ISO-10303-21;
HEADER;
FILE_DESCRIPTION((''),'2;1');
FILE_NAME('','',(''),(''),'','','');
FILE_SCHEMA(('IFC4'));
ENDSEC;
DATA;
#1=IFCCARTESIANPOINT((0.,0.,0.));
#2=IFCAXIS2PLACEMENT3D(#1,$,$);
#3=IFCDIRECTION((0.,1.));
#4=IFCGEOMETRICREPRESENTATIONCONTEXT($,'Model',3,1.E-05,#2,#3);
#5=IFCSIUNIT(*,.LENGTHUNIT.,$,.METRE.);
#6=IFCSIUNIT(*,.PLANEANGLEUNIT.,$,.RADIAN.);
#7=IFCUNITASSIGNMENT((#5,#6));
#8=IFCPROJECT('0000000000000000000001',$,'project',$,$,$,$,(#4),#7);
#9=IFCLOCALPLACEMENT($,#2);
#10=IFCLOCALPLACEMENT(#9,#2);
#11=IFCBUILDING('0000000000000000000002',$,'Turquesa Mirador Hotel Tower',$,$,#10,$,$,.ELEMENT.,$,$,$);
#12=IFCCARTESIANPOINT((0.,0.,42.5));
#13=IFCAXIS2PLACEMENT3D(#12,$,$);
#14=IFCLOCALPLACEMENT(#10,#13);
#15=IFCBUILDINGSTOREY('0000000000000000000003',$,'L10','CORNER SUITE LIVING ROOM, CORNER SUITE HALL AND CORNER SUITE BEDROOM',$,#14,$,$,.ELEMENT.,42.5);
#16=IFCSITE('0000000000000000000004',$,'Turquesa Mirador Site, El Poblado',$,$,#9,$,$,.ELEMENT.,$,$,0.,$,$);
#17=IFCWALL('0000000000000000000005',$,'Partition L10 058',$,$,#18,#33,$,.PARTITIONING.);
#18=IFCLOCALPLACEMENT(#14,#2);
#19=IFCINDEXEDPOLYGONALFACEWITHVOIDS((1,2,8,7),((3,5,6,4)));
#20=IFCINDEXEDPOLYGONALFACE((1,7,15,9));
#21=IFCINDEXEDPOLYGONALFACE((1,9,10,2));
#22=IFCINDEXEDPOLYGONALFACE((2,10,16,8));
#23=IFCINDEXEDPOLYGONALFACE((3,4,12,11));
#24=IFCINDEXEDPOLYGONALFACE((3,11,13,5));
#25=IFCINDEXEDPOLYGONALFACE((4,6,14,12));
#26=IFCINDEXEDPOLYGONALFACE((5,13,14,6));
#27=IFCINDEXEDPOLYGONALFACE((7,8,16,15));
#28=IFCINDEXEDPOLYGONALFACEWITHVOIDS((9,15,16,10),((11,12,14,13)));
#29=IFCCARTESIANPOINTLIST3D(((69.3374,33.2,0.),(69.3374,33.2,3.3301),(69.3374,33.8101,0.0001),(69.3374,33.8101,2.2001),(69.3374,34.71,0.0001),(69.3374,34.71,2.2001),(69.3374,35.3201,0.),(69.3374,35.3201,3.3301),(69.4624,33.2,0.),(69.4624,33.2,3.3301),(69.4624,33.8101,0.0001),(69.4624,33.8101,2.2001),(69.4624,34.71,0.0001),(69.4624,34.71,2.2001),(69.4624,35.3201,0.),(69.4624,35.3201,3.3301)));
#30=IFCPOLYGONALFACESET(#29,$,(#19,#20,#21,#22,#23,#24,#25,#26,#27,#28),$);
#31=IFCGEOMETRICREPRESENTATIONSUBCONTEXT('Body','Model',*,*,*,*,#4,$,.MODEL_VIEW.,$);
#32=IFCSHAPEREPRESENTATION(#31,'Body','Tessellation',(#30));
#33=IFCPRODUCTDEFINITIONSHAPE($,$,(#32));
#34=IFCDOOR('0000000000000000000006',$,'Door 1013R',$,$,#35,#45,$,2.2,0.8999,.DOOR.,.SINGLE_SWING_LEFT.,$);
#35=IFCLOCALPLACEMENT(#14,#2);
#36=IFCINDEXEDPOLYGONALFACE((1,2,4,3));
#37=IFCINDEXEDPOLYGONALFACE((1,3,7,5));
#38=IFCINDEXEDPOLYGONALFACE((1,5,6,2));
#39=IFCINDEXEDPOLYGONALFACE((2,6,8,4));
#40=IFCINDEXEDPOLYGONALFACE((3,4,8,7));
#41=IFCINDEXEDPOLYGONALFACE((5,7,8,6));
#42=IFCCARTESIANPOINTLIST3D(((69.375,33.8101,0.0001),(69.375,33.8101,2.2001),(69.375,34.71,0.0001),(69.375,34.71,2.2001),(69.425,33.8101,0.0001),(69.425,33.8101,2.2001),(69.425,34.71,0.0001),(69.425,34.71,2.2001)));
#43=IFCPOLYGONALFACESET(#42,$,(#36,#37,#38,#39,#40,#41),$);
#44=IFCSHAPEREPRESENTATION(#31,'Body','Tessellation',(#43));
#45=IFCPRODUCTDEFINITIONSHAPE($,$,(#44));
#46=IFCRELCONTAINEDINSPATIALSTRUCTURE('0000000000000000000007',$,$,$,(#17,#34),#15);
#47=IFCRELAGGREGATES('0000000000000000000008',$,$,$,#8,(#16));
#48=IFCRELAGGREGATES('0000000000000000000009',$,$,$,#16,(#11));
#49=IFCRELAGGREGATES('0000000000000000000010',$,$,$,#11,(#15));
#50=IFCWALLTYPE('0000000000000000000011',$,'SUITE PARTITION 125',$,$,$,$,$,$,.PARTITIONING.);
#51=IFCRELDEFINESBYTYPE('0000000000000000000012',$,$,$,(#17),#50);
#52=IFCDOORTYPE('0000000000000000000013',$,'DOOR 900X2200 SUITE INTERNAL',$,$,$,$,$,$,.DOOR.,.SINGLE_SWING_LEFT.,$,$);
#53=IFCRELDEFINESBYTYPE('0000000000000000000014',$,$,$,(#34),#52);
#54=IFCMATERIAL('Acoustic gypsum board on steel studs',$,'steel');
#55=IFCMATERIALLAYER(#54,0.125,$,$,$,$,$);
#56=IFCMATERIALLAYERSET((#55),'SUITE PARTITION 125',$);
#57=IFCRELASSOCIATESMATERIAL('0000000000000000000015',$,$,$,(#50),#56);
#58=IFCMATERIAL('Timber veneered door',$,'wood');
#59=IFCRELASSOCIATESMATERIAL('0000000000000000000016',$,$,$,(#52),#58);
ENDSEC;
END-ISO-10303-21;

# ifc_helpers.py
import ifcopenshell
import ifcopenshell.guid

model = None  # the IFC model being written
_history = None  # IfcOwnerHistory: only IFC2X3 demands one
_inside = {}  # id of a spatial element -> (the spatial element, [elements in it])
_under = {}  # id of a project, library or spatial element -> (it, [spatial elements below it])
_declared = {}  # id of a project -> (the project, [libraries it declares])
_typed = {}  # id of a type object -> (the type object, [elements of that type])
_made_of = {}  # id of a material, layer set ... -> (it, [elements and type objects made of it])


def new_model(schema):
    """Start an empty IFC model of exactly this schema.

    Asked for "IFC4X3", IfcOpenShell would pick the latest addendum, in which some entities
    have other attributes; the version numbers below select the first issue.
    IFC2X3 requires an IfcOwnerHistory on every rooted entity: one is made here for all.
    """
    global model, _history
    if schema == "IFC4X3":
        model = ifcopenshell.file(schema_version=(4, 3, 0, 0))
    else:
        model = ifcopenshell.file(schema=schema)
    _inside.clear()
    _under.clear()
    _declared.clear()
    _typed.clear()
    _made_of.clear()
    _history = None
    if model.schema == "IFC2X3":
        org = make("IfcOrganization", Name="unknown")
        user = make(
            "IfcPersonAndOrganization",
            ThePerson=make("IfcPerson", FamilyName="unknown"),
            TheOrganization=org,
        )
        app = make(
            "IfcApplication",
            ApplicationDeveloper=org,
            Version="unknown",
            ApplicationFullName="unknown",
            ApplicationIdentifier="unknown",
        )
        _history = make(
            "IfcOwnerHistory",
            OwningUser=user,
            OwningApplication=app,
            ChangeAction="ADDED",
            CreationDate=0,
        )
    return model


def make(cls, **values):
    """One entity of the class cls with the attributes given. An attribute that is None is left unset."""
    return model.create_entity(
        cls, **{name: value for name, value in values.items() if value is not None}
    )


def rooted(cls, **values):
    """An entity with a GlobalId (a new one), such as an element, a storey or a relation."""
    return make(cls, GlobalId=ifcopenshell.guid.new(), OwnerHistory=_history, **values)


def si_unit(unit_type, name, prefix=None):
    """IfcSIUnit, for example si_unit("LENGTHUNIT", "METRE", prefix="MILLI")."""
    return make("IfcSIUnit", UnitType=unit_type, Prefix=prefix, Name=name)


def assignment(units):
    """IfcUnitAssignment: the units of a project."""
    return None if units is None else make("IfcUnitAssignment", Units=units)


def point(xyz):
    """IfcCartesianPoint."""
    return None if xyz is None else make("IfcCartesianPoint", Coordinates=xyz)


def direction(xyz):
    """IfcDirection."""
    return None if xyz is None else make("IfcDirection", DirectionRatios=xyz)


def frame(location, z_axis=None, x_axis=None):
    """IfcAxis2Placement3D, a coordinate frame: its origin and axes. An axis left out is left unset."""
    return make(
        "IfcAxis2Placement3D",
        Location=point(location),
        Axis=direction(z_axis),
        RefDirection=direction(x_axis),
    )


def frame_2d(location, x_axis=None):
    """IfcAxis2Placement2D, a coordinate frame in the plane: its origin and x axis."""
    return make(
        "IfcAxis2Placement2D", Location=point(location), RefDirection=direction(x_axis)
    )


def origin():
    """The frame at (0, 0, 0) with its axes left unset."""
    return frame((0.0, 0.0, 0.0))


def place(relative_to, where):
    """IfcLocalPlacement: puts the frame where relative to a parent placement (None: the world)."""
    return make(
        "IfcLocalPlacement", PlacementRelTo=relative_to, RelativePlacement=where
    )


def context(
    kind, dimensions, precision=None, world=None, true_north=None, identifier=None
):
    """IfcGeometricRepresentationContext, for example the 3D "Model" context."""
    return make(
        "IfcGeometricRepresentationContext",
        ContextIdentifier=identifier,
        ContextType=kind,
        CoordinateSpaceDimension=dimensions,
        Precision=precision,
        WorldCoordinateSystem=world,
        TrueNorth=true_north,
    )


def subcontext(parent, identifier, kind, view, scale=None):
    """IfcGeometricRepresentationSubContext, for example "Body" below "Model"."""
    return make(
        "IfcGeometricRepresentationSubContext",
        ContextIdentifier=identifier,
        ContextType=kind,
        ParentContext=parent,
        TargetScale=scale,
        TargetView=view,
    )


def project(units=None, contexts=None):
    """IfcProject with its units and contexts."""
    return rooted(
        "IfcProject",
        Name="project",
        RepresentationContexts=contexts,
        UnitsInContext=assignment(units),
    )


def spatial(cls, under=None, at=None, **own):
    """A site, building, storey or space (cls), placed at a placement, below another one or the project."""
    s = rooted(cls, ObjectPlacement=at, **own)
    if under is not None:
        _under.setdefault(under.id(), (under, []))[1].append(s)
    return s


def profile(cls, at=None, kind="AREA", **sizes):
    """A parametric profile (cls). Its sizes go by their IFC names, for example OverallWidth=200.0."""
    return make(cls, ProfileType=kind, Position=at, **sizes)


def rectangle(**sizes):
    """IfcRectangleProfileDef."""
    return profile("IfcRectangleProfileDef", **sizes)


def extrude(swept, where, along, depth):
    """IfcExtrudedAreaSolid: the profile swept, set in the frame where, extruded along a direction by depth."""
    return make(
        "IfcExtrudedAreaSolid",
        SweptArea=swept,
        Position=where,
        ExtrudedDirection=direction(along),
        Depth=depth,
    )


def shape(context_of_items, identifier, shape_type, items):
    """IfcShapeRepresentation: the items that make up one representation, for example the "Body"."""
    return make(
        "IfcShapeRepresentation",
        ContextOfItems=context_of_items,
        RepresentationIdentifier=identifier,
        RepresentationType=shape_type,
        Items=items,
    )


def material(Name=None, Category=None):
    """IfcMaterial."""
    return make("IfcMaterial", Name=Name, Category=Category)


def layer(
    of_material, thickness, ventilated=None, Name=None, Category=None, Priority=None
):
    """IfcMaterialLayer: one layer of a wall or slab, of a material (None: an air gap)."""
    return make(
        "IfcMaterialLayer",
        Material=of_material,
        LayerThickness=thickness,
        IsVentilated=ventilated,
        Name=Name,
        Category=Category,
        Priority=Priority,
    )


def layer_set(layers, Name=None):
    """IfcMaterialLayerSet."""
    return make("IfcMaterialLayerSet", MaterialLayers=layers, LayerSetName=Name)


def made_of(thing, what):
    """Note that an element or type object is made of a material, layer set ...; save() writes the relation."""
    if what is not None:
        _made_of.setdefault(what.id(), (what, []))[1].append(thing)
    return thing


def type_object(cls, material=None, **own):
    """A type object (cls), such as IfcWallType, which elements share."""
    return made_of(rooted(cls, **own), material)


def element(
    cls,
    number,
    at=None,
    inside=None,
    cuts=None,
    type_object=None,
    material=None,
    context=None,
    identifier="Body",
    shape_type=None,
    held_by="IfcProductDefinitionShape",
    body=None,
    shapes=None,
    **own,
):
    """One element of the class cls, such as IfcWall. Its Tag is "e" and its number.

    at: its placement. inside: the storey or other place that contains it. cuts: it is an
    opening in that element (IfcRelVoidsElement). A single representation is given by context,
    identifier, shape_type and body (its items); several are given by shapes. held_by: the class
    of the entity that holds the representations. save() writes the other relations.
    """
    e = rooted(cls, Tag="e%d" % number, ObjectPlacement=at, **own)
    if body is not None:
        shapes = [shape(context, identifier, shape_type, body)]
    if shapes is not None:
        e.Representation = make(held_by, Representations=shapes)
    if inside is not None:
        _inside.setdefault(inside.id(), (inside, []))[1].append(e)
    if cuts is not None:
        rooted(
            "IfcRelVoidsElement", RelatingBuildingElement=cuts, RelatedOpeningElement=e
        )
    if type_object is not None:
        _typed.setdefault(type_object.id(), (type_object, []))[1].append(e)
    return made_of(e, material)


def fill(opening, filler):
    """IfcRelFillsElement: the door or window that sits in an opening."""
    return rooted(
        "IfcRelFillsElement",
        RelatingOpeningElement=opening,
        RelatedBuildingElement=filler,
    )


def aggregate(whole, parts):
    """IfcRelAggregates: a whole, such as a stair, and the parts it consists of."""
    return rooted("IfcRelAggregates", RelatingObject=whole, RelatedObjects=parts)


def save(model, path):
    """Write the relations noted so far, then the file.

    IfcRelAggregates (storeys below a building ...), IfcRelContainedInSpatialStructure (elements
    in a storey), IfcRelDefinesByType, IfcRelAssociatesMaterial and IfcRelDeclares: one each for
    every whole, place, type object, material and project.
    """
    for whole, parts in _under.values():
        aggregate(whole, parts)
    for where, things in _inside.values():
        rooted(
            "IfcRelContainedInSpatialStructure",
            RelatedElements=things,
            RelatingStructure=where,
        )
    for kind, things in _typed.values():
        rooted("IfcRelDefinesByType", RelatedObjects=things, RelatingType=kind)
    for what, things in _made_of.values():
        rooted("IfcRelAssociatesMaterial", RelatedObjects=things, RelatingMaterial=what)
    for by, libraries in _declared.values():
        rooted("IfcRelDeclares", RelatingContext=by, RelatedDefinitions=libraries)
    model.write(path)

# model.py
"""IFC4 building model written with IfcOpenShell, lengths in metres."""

from ifc_helpers import new_model, si_unit, direction, frame, frame_2d, origin, place, context, subcontext, project, spatial, rectangle, extrude, material, layer, layer_set, type_object, element, fill, save


model = new_model("IFC4")

# Units and contexts
model_context = context("Model", 3, precision=1e-05, world=origin(), true_north=direction((0.0, 1.0)))
body_context = subcontext(model_context, "Body", "Model", "MODEL_VIEW")
ifc_project = project(units=[si_unit("LENGTHUNIT", "METRE"), si_unit("PLANEANGLEUNIT", "RADIAN")], contexts=[model_context])

# Site, building, storey
site_placement = place(None, origin())
site = spatial("IfcSite", under=ifc_project, at=site_placement, Name="Turquesa Mirador Site, El Poblado", CompositionType="ELEMENT", RefElevation=0.0)
building_placement = place(site_placement, origin())
building = spatial("IfcBuilding", under=site, at=building_placement, Name="Turquesa Mirador Hotel Tower", CompositionType="ELEMENT")
storey_placement = place(building_placement, frame((0.0, 0.0, 42.5)))
storey = spatial("IfcBuildingStorey", under=building, at=storey_placement, Name="L10", Description="CORNER SUITE LIVING ROOM, CORNER SUITE HALL AND CORNER SUITE BEDROOM", CompositionType="ELEMENT", Elevation=42.5)

# Wall, opening, door
ifc_material_1 = material(Name="Acoustic gypsum board on steel studs", Category="steel")
ifc_layer_1 = layer(ifc_material_1, 0.125)
ifc_layer_set_1 = layer_set([ifc_layer_1], Name="SUITE PARTITION 125")
wall_type_1 = type_object("IfcWallType", Name="SUITE PARTITION 125", PredefinedType="PARTITIONING", material=ifc_layer_set_1)
wall_1_placement = place(storey_placement, frame((69.3999, 33.2, 0.0), z_axis=(0.0, 0.0, 1.0), x_axis=(0.0, 1.0, 0.0)))
wall_1 = element("IfcWall", 1, at=wall_1_placement, inside=storey, type_object=wall_type_1, Name="Partition L10 058", PredefinedType="PARTITIONING", context=body_context, shape_type="SweptSolid", body=[
    extrude(rectangle(XDim=2.1201, YDim=0.125, at=frame_2d((1.0601, 0.0))), origin(), (0.0, 0.0, 1.0), 3.3301),
])
opening_1_placement = place(wall_1_placement, frame((0.6101, 0.0, 0.0)))
opening_1 = element("IfcOpeningElement", 2, at=opening_1_placement, cuts=wall_1, PredefinedType="OPENING", context=body_context, shape_type="SweptSolid", body=[
    extrude(rectangle(XDim=0.8999, YDim=2.2, at=frame_2d((0.45, 1.1001))), frame((0.0, 0.0725, 0.0), z_axis=(0.0, -1.0, 0.0), x_axis=(1.0, 0.0, 0.0)), (0.0, 0.0, 1.0), 0.145),
])
ifc_material_2 = material(Name="Timber veneered door", Category="wood")
door_type = type_object("IfcDoorType", Name="DOOR 900X2200 SUITE INTERNAL", OperationType="SINGLE_SWING_LEFT", PredefinedType="DOOR", material=ifc_material_2)
door_placement = place(opening_1_placement, origin())
door = element("IfcDoor", 3, at=door_placement, inside=storey, type_object=door_type, Name="Door 1013R", OperationType="SINGLE_SWING_LEFT", OverallHeight=2.2, OverallWidth=0.8999, PredefinedType="DOOR", context=body_context, shape_type="SweptSolid", body=[
    extrude(rectangle(XDim=0.8999, YDim=2.2, at=frame_2d((0.45, 1.1001))), frame((0.0, 0.0249, 0.0), z_axis=(0.0, -1.0, 0.0), x_axis=(1.0, 0.0, 0.0)), (0.0, 0.0, 1.0), 0.05),
])
fill(opening_1, door)

save(model, "model.ifc")
